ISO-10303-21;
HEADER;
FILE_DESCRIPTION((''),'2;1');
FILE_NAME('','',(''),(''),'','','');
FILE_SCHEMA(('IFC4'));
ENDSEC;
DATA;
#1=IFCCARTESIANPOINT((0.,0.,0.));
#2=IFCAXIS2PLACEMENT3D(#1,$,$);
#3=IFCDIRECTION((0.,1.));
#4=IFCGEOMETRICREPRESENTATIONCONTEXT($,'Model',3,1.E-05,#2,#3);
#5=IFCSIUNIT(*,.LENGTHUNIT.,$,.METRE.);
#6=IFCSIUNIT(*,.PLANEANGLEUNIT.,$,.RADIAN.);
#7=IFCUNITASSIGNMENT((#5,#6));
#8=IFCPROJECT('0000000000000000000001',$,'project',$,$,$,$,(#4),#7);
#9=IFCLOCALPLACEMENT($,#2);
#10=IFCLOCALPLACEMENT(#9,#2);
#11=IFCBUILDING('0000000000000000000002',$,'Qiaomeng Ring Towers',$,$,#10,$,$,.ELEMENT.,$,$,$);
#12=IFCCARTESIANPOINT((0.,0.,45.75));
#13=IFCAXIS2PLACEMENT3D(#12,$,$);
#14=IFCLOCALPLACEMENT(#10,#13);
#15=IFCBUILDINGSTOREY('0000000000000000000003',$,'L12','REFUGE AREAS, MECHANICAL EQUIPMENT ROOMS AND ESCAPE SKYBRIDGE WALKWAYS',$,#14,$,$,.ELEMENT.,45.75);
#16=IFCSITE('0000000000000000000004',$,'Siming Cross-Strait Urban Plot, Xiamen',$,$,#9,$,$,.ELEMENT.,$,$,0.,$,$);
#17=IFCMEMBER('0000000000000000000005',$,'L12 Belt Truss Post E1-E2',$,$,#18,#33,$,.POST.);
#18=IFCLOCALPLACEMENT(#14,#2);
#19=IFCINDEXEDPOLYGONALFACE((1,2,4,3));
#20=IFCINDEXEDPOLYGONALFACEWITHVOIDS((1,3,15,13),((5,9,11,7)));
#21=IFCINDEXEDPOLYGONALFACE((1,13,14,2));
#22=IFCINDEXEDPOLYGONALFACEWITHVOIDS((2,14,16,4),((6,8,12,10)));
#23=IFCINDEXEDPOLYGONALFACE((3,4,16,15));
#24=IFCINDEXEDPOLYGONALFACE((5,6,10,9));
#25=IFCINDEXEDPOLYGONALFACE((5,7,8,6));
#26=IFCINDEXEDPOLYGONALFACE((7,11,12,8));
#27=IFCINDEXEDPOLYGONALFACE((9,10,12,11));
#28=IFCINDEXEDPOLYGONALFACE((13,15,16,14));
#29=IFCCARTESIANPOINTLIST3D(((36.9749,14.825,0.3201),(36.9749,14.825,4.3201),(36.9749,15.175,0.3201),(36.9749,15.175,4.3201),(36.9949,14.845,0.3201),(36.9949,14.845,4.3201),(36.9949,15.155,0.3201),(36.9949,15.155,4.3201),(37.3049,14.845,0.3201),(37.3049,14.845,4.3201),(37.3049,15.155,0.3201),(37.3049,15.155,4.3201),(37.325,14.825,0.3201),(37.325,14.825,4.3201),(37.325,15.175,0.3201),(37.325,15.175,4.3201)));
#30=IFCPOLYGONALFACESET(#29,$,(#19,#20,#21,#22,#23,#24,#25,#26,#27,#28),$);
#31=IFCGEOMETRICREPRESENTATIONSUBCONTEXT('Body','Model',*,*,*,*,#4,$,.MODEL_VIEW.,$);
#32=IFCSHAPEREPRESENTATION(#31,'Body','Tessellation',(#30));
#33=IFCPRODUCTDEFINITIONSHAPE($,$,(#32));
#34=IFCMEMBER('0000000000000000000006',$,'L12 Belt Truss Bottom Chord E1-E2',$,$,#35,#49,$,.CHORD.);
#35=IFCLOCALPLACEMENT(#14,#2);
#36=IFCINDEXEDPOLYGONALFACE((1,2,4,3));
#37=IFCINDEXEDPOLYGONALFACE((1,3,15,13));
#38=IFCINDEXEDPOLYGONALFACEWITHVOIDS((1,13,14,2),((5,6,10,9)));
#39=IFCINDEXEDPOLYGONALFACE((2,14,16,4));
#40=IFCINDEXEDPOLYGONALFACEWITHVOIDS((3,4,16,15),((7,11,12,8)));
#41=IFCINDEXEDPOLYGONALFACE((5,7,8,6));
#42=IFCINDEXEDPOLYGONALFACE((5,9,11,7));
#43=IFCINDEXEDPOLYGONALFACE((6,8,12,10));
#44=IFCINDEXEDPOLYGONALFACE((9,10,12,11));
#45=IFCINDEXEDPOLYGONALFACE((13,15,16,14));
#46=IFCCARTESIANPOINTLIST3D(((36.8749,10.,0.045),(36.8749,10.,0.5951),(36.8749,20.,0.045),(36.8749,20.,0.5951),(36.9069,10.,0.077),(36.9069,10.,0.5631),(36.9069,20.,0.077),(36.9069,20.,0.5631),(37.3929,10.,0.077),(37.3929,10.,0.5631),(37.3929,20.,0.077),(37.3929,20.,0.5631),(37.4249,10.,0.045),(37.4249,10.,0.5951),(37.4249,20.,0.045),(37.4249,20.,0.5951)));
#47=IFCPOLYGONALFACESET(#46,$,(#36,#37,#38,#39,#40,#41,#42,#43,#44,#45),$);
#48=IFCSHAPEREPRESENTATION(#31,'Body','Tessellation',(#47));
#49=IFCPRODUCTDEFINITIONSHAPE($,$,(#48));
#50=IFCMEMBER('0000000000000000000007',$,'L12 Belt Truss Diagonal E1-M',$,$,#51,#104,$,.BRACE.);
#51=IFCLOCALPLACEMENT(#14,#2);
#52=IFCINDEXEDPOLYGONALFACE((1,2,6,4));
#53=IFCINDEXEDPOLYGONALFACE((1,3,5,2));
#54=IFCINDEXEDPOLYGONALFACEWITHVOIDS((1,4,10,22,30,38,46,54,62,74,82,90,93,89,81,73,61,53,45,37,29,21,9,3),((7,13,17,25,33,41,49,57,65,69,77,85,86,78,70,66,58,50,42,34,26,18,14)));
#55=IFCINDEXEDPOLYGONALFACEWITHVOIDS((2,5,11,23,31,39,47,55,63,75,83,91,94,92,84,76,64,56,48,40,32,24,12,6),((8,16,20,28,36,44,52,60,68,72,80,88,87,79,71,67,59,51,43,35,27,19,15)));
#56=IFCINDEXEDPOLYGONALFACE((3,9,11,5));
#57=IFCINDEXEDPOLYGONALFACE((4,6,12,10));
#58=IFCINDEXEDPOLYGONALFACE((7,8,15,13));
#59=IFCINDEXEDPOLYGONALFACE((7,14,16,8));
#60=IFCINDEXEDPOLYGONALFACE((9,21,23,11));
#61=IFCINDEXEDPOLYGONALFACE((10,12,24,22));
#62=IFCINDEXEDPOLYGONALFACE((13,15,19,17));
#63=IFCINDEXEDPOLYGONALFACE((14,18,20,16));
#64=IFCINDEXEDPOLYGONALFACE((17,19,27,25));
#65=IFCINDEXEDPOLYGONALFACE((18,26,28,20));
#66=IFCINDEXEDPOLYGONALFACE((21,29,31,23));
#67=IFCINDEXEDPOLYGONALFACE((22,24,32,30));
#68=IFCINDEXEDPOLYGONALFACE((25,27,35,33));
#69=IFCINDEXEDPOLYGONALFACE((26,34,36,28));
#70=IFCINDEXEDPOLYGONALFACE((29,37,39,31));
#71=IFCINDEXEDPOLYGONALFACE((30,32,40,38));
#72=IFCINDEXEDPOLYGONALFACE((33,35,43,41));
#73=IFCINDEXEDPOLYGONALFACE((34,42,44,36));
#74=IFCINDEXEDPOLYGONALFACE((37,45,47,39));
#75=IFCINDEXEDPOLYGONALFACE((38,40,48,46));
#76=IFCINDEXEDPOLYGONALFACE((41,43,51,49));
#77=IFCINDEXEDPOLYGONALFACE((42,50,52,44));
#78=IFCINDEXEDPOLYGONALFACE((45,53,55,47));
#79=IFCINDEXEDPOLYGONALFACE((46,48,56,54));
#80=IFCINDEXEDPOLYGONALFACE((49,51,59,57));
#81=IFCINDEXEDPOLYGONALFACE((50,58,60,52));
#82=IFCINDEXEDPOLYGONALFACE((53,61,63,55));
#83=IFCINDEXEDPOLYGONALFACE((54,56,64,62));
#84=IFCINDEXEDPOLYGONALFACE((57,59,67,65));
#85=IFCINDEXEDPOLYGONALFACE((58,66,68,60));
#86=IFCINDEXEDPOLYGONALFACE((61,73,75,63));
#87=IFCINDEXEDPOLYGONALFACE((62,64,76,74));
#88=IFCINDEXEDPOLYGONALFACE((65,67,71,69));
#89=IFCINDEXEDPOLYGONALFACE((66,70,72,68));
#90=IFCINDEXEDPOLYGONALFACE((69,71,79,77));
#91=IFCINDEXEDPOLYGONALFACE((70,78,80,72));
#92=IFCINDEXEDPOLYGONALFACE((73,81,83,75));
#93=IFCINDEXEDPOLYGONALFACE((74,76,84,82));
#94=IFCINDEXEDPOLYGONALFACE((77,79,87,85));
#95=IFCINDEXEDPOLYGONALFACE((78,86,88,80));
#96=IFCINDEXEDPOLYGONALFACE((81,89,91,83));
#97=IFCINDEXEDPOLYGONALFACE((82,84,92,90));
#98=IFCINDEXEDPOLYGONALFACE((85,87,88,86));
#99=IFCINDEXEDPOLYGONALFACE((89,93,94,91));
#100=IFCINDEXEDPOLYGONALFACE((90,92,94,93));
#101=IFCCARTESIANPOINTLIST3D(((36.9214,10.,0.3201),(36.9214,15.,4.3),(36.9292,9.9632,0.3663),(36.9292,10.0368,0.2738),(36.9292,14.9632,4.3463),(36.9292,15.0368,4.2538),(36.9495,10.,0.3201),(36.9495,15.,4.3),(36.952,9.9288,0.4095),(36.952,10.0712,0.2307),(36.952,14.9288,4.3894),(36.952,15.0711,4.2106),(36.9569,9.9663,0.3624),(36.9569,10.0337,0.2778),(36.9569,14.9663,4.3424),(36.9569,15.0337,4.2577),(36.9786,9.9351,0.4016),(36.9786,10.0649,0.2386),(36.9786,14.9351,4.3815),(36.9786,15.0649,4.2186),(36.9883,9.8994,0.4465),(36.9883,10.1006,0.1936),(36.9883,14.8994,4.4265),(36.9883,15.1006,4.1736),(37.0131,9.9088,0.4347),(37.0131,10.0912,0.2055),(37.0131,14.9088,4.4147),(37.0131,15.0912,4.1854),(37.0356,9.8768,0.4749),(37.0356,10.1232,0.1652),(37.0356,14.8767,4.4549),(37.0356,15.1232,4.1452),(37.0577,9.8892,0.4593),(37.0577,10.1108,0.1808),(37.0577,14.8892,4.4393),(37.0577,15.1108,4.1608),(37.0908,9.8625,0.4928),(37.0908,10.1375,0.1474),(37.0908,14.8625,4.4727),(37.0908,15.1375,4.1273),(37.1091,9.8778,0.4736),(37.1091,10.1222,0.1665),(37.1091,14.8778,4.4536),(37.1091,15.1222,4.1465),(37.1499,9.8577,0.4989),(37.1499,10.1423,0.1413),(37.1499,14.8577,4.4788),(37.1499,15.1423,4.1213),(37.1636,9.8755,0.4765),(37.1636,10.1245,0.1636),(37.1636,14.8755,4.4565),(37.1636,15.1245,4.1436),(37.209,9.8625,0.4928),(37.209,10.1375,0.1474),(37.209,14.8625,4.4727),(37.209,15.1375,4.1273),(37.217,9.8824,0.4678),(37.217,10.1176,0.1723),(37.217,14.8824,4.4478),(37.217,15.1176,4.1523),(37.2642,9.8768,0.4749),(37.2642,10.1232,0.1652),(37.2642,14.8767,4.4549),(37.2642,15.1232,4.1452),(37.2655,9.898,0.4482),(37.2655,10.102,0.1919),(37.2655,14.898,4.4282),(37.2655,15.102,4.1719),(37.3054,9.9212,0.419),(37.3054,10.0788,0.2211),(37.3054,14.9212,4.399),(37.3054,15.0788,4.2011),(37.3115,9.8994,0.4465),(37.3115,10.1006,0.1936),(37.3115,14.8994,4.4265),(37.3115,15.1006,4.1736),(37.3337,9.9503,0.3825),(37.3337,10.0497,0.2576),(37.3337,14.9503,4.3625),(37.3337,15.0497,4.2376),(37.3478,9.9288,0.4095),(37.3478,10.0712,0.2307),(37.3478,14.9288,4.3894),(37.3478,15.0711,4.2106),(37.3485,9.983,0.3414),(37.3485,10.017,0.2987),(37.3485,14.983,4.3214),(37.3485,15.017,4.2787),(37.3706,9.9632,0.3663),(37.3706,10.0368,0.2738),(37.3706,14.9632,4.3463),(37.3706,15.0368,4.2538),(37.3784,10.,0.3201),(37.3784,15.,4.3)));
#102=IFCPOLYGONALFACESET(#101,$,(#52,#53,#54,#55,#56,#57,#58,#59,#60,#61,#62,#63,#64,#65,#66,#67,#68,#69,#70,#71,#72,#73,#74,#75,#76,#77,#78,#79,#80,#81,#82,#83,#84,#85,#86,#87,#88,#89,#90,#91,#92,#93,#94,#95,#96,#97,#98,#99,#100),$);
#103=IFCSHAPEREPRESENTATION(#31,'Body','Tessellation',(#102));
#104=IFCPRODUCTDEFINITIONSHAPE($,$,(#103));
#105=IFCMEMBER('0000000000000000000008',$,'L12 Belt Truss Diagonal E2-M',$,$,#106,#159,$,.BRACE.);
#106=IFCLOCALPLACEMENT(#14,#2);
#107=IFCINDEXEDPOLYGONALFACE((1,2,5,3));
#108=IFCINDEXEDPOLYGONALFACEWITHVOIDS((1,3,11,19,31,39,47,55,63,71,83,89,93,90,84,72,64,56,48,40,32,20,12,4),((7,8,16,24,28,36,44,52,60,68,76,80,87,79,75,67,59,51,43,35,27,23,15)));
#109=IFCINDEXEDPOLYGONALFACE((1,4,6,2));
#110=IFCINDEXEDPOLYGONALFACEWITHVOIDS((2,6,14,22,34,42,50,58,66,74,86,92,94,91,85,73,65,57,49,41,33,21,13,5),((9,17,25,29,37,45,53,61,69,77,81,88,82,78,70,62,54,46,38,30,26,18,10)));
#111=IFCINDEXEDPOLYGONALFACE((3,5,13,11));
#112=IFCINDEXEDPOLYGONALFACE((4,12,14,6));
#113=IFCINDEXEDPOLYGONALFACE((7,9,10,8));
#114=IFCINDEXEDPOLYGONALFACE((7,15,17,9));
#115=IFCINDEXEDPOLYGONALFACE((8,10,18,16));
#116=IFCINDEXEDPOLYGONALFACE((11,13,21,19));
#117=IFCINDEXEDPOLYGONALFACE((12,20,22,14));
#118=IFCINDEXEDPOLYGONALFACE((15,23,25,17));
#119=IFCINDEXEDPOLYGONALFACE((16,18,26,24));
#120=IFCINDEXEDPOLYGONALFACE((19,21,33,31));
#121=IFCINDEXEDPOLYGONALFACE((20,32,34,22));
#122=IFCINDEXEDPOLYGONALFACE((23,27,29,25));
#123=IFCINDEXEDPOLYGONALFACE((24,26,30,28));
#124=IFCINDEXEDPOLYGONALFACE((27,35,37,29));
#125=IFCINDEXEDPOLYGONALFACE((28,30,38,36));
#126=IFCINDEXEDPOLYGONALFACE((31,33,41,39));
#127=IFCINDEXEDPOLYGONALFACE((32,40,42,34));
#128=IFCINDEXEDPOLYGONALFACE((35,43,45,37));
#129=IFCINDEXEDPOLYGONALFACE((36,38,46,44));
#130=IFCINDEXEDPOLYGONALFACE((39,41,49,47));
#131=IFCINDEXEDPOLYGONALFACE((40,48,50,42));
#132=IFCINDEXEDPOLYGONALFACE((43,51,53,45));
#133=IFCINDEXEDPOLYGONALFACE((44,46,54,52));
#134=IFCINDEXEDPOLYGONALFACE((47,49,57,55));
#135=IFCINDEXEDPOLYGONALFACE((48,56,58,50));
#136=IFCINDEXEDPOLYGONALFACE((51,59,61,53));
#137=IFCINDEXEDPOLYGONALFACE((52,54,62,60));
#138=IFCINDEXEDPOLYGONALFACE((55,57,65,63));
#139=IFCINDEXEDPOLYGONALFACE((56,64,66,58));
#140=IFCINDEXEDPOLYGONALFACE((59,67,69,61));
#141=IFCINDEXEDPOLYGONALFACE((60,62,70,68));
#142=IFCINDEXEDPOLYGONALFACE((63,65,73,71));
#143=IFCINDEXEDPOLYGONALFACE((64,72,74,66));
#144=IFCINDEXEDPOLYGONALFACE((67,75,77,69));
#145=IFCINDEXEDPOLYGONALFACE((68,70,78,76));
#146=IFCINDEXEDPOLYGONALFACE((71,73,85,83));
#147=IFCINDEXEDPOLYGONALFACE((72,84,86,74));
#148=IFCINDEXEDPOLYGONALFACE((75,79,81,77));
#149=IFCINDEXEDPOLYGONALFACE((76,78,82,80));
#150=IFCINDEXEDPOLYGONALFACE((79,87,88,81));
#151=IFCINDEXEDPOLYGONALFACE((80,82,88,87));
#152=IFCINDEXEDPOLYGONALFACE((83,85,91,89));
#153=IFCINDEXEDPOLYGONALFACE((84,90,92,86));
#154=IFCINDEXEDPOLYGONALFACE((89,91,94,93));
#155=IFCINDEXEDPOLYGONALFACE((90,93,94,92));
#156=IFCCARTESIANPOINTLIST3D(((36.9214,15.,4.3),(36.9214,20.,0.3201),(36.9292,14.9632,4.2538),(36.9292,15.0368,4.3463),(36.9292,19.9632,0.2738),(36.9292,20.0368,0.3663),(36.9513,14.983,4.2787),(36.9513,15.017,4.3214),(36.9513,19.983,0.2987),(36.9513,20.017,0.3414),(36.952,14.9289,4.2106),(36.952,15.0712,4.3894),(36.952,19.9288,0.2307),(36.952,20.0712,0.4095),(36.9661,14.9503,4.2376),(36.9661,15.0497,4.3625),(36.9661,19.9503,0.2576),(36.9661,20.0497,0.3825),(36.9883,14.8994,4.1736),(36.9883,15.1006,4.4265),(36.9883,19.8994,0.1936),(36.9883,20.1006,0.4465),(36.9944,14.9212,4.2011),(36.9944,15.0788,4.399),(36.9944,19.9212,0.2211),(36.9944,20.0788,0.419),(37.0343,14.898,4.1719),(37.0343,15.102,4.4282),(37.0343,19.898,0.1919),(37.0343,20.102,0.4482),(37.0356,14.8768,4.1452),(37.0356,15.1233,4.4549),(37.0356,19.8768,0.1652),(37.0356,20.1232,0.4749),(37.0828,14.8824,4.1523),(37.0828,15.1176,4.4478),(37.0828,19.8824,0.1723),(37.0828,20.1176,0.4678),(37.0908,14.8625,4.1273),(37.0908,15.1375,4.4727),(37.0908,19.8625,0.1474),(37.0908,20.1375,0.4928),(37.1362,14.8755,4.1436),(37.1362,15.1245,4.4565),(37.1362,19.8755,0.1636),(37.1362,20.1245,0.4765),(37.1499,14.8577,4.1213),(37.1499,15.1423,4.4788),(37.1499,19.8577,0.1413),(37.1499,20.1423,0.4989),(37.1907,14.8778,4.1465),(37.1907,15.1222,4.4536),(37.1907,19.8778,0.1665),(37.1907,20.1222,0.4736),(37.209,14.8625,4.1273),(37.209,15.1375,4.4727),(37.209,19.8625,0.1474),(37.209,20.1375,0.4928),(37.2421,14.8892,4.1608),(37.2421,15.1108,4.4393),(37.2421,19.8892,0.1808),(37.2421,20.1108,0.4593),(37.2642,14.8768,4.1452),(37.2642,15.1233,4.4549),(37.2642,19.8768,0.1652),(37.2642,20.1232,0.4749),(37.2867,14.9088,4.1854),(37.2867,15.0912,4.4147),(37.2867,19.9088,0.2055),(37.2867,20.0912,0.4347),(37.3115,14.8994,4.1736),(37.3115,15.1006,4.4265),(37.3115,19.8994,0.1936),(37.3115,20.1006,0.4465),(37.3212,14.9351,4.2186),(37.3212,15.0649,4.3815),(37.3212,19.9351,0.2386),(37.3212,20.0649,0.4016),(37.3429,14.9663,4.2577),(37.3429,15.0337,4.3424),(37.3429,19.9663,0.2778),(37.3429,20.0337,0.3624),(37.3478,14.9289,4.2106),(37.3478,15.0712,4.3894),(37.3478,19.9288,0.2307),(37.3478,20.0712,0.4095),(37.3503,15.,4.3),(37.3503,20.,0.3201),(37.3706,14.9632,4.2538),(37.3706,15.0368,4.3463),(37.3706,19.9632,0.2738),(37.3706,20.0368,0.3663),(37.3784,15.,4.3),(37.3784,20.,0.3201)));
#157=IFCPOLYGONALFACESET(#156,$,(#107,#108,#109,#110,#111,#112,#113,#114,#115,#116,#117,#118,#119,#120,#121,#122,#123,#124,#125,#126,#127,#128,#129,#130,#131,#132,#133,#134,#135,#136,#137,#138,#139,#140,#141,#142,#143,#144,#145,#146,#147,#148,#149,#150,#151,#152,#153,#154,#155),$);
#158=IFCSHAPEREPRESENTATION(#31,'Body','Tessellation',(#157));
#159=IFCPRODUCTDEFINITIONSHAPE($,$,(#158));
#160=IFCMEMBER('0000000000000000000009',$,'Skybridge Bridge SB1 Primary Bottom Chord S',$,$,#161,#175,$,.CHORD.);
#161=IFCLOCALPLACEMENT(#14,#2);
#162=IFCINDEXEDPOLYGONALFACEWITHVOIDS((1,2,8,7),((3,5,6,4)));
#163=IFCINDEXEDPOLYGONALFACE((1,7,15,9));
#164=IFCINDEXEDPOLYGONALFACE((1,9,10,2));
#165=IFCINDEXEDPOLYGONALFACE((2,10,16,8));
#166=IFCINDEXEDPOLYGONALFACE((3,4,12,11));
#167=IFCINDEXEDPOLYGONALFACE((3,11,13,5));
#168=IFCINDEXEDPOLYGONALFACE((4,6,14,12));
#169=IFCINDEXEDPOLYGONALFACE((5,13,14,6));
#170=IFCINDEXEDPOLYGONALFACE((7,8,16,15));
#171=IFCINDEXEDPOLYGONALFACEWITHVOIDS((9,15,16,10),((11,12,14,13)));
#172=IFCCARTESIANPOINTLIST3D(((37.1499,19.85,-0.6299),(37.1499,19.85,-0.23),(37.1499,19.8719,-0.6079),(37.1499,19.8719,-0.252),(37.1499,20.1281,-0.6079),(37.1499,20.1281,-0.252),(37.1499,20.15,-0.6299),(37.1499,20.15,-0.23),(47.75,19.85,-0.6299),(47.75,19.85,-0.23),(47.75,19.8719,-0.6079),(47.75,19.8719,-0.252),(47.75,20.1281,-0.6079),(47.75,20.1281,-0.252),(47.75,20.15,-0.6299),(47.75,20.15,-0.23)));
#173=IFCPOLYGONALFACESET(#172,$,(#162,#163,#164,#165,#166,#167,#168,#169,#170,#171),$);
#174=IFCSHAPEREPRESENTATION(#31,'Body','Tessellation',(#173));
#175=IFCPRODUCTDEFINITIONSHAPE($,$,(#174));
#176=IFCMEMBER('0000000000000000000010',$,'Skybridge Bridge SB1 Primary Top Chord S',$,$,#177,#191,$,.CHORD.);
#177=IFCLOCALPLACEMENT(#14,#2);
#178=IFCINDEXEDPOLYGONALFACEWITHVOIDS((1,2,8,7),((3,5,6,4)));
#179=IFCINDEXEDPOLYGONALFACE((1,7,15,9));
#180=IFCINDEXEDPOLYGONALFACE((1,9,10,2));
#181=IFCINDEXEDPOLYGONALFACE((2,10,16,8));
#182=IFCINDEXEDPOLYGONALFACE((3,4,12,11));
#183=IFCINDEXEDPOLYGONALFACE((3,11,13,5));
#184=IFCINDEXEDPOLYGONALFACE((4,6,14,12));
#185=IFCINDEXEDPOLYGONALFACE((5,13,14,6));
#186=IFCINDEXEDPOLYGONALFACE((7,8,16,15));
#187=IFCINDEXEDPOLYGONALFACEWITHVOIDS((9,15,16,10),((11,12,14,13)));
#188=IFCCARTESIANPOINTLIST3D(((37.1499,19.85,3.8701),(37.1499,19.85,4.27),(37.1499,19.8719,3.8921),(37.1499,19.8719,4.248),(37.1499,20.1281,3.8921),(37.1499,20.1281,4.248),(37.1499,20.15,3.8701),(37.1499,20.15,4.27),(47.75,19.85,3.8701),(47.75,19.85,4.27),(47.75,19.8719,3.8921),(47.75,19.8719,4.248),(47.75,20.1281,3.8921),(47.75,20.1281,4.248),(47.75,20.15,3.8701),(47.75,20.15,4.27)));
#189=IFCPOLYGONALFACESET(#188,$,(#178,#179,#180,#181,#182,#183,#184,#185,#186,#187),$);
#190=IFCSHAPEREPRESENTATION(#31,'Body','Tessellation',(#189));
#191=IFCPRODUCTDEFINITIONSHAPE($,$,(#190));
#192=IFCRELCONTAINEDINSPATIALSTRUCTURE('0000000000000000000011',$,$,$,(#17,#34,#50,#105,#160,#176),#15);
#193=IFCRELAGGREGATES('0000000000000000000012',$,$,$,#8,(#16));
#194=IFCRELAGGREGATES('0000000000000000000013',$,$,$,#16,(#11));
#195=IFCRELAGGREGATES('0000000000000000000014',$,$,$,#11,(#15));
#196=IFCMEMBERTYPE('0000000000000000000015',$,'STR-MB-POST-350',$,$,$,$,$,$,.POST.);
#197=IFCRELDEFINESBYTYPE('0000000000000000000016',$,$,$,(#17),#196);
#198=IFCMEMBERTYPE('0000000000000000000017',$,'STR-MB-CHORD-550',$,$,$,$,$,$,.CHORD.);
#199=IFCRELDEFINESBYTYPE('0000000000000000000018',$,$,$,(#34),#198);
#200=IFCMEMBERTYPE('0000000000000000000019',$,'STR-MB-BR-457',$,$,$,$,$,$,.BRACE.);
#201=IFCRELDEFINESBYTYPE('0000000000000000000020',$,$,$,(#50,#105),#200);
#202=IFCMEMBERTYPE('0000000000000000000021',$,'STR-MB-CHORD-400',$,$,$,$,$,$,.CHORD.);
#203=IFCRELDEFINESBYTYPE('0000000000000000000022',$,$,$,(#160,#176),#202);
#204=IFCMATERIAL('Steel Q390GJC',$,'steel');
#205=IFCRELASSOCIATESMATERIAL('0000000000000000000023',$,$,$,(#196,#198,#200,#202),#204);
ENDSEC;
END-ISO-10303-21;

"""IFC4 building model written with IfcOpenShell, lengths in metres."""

from ifc_helpers import new_model, si_unit, direction, frame, origin, origin_2d, place, context, subcontext, project, spatial, hollow_rectangle, hollow_circle, extrude, source, transform, mapped, material, material_profile, profile_set, type_object, element, save


model = new_model("IFC4")

# Units and contexts
model_context = context("Model", 3, precision=1e-05, world=origin(), true_north=direction((0.0, 1.0)))
body_context = subcontext(model_context, "Body", "Model", "MODEL_VIEW")
ifc_project = project(units=[si_unit("LENGTHUNIT", "METRE"), si_unit("PLANEANGLEUNIT", "RADIAN")], contexts=[model_context])

# Site, building, storey
site_placement = place(None, origin())
site = spatial("IfcSite", under=ifc_project, at=site_placement, Name="Siming Cross-Strait Urban Plot, Xiamen", CompositionType="ELEMENT", RefElevation=0.0)
building_placement = place(site_placement, origin())
building = spatial("IfcBuilding", under=site, at=building_placement, Name="Qiaomeng Ring Towers", CompositionType="ELEMENT")
storey_placement = place(building_placement, frame((0.0, 0.0, 45.75)))
storey = spatial("IfcBuildingStorey", under=building, at=storey_placement, Name="L12", Description="REFUGE AREAS, MECHANICAL EQUIPMENT ROOMS AND ESCAPE SKYBRIDGE WALKWAYS", CompositionType="ELEMENT", Elevation=45.75)

# Members
ifc_material_1 = material(Name="Steel Q390GJC", Category="steel")
ifc_material_profile_1 = material_profile(ifc_material_1, hollow_rectangle(XDim=0.3501, YDim=0.3501, WallThickness=0.02, at=origin_2d()), Name="SHS 350x350x20")
ifc_profile_set_1 = profile_set([ifc_material_profile_1], Name="Steel Q390GJC")
member_type_1 = type_object("IfcMemberType", Name="STR-MB-POST-350", PredefinedType="POST", material=ifc_profile_set_1)
shared_shape_1 = source(origin(), body_context, "Body", "SweptSolid", [
    extrude(hollow_rectangle(XDim=0.3501, YDim=0.3501, WallThickness=0.02, at=origin_2d()), origin(), (0.0, 0.0, 1.0), 4.0),
])
member_1_placement = place(storey_placement, frame((37.1499, 15.0, 0.3201), z_axis=(0.0, 0.0, 1.0), x_axis=(1.0, 0.0, 0.0)))
element("IfcMember", 1, at=member_1_placement, inside=storey, type_object=member_type_1, Name="L12 Belt Truss Post E1-E2", PredefinedType="POST", context=body_context, shape_type="MappedRepresentation", body=[
    mapped(shared_shape_1, transform((0.0, 0.0, 0.0), x_axis=(1.0, 0.0, 0.0), y_axis=(0.0, 1.0, 0.0), z_axis=(0.0, 0.0, 1.0), scale=1.0)),
])
ifc_material_profile_2 = material_profile(ifc_material_1, hollow_rectangle(XDim=0.55, YDim=0.55, WallThickness=0.032, at=origin_2d()), Name="SHS 550x550x32")
ifc_profile_set_2 = profile_set([ifc_material_profile_2], Name="Steel Q390GJC")
member_type_2 = type_object("IfcMemberType", Name="STR-MB-CHORD-550", PredefinedType="CHORD", material=ifc_profile_set_2)
shared_shape_2 = source(origin(), body_context, "Body", "SweptSolid", [
    extrude(hollow_rectangle(XDim=0.55, YDim=0.55, WallThickness=0.032, at=origin_2d()), origin(), (0.0, 0.0, 1.0), 10.0),
])
member_2_placement = place(storey_placement, frame((37.1499, 10.0, 0.3201), z_axis=(0.0, 1.0, 0.0), x_axis=(-1.0, 0.0, 0.0)))
element("IfcMember", 2, at=member_2_placement, inside=storey, type_object=member_type_2, Name="L12 Belt Truss Bottom Chord E1-E2", PredefinedType="CHORD", context=body_context, shape_type="MappedRepresentation", body=[
    mapped(shared_shape_2, transform((0.0, 0.0, 0.0), x_axis=(1.0, 0.0, 0.0), y_axis=(0.0, 1.0, 0.0), z_axis=(0.0, 0.0, 1.0), scale=1.0)),
])
ifc_material_profile_3 = material_profile(ifc_material_1, hollow_circle(Radius=0.2285, WallThickness=0.0281, at=origin_2d()), Name="CHS 457x28")
ifc_profile_set_3 = profile_set([ifc_material_profile_3], Name="Steel Q390GJC")
member_type_3 = type_object("IfcMemberType", Name="STR-MB-BR-457", PredefinedType="BRACE", material=ifc_profile_set_3)
shared_shape_3 = source(origin(), body_context, "Body", "SweptSolid", [
    extrude(hollow_circle(Radius=0.2285, WallThickness=0.0281, at=origin_2d()), origin(), (0.0, 0.0, 1.0), 6.3906),
])
for number, where, z_axis, x_axis, name in (
    (3, (37.1499, 10.0, 0.3201), (0.0, 0.782395, 0.622783), (-1.0, 0.0, 0.0), "L12 Belt Truss Diagonal E1-M"),
    (4, (37.1499, 20.0, 0.3201), (0.0, -0.782395, 0.622783), (1.0, 0.0, 0.0), "L12 Belt Truss Diagonal E2-M"),
):
    element("IfcMember", number, at=place(storey_placement, frame(where, z_axis=z_axis, x_axis=x_axis)), inside=storey, type_object=member_type_3, Name=name, PredefinedType="BRACE", context=body_context, shape_type="MappedRepresentation", body=[
        mapped(shared_shape_3, transform((0.0, 0.0, 0.0), x_axis=(1.0, 0.0, 0.0), y_axis=(0.0, 1.0, 0.0), z_axis=(0.0, 0.0, 1.0), scale=1.0)),
    ])
ifc_material_profile_4 = material_profile(ifc_material_1, hollow_rectangle(XDim=0.3, YDim=0.3999, WallThickness=0.022, at=origin_2d()), Name="RHS 400x300x22")
ifc_profile_set_4 = profile_set([ifc_material_profile_4], Name="Steel Q390GJC")
member_type_4 = type_object("IfcMemberType", Name="STR-MB-CHORD-400", PredefinedType="CHORD", material=ifc_profile_set_4)
shared_shape_4 = source(origin(), body_context, "Body", "SweptSolid", [
    extrude(hollow_rectangle(XDim=0.3, YDim=0.3999, WallThickness=0.022, at=origin_2d()), origin(), (0.0, 0.0, 1.0), 10.6001),
])
for number, where, z_axis, x_axis, name in (
    (5, (37.1499, 20.0, -0.4299), (1.0, 0.0, 0.0), (0.0, 1.0, 0.0), "Skybridge Bridge SB1 Primary Bottom Chord S"),
    (6, (37.1499, 20.0, 4.0701), (1.0, 0.0, 0.0), (0.0, 1.0, 0.0), "Skybridge Bridge SB1 Primary Top Chord S"),
):
    element("IfcMember", number, at=place(storey_placement, frame(where, z_axis=z_axis, x_axis=x_axis)), inside=storey, type_object=member_type_4, Name=name, PredefinedType="CHORD", context=body_context, shape_type="MappedRepresentation", body=[
        mapped(shared_shape_4, transform((0.0, 0.0, 0.0), x_axis=(1.0, 0.0, 0.0), y_axis=(0.0, 1.0, 0.0), z_axis=(0.0, 0.0, 1.0), scale=1.0)),
    ])

save(model, "model.ifc")
